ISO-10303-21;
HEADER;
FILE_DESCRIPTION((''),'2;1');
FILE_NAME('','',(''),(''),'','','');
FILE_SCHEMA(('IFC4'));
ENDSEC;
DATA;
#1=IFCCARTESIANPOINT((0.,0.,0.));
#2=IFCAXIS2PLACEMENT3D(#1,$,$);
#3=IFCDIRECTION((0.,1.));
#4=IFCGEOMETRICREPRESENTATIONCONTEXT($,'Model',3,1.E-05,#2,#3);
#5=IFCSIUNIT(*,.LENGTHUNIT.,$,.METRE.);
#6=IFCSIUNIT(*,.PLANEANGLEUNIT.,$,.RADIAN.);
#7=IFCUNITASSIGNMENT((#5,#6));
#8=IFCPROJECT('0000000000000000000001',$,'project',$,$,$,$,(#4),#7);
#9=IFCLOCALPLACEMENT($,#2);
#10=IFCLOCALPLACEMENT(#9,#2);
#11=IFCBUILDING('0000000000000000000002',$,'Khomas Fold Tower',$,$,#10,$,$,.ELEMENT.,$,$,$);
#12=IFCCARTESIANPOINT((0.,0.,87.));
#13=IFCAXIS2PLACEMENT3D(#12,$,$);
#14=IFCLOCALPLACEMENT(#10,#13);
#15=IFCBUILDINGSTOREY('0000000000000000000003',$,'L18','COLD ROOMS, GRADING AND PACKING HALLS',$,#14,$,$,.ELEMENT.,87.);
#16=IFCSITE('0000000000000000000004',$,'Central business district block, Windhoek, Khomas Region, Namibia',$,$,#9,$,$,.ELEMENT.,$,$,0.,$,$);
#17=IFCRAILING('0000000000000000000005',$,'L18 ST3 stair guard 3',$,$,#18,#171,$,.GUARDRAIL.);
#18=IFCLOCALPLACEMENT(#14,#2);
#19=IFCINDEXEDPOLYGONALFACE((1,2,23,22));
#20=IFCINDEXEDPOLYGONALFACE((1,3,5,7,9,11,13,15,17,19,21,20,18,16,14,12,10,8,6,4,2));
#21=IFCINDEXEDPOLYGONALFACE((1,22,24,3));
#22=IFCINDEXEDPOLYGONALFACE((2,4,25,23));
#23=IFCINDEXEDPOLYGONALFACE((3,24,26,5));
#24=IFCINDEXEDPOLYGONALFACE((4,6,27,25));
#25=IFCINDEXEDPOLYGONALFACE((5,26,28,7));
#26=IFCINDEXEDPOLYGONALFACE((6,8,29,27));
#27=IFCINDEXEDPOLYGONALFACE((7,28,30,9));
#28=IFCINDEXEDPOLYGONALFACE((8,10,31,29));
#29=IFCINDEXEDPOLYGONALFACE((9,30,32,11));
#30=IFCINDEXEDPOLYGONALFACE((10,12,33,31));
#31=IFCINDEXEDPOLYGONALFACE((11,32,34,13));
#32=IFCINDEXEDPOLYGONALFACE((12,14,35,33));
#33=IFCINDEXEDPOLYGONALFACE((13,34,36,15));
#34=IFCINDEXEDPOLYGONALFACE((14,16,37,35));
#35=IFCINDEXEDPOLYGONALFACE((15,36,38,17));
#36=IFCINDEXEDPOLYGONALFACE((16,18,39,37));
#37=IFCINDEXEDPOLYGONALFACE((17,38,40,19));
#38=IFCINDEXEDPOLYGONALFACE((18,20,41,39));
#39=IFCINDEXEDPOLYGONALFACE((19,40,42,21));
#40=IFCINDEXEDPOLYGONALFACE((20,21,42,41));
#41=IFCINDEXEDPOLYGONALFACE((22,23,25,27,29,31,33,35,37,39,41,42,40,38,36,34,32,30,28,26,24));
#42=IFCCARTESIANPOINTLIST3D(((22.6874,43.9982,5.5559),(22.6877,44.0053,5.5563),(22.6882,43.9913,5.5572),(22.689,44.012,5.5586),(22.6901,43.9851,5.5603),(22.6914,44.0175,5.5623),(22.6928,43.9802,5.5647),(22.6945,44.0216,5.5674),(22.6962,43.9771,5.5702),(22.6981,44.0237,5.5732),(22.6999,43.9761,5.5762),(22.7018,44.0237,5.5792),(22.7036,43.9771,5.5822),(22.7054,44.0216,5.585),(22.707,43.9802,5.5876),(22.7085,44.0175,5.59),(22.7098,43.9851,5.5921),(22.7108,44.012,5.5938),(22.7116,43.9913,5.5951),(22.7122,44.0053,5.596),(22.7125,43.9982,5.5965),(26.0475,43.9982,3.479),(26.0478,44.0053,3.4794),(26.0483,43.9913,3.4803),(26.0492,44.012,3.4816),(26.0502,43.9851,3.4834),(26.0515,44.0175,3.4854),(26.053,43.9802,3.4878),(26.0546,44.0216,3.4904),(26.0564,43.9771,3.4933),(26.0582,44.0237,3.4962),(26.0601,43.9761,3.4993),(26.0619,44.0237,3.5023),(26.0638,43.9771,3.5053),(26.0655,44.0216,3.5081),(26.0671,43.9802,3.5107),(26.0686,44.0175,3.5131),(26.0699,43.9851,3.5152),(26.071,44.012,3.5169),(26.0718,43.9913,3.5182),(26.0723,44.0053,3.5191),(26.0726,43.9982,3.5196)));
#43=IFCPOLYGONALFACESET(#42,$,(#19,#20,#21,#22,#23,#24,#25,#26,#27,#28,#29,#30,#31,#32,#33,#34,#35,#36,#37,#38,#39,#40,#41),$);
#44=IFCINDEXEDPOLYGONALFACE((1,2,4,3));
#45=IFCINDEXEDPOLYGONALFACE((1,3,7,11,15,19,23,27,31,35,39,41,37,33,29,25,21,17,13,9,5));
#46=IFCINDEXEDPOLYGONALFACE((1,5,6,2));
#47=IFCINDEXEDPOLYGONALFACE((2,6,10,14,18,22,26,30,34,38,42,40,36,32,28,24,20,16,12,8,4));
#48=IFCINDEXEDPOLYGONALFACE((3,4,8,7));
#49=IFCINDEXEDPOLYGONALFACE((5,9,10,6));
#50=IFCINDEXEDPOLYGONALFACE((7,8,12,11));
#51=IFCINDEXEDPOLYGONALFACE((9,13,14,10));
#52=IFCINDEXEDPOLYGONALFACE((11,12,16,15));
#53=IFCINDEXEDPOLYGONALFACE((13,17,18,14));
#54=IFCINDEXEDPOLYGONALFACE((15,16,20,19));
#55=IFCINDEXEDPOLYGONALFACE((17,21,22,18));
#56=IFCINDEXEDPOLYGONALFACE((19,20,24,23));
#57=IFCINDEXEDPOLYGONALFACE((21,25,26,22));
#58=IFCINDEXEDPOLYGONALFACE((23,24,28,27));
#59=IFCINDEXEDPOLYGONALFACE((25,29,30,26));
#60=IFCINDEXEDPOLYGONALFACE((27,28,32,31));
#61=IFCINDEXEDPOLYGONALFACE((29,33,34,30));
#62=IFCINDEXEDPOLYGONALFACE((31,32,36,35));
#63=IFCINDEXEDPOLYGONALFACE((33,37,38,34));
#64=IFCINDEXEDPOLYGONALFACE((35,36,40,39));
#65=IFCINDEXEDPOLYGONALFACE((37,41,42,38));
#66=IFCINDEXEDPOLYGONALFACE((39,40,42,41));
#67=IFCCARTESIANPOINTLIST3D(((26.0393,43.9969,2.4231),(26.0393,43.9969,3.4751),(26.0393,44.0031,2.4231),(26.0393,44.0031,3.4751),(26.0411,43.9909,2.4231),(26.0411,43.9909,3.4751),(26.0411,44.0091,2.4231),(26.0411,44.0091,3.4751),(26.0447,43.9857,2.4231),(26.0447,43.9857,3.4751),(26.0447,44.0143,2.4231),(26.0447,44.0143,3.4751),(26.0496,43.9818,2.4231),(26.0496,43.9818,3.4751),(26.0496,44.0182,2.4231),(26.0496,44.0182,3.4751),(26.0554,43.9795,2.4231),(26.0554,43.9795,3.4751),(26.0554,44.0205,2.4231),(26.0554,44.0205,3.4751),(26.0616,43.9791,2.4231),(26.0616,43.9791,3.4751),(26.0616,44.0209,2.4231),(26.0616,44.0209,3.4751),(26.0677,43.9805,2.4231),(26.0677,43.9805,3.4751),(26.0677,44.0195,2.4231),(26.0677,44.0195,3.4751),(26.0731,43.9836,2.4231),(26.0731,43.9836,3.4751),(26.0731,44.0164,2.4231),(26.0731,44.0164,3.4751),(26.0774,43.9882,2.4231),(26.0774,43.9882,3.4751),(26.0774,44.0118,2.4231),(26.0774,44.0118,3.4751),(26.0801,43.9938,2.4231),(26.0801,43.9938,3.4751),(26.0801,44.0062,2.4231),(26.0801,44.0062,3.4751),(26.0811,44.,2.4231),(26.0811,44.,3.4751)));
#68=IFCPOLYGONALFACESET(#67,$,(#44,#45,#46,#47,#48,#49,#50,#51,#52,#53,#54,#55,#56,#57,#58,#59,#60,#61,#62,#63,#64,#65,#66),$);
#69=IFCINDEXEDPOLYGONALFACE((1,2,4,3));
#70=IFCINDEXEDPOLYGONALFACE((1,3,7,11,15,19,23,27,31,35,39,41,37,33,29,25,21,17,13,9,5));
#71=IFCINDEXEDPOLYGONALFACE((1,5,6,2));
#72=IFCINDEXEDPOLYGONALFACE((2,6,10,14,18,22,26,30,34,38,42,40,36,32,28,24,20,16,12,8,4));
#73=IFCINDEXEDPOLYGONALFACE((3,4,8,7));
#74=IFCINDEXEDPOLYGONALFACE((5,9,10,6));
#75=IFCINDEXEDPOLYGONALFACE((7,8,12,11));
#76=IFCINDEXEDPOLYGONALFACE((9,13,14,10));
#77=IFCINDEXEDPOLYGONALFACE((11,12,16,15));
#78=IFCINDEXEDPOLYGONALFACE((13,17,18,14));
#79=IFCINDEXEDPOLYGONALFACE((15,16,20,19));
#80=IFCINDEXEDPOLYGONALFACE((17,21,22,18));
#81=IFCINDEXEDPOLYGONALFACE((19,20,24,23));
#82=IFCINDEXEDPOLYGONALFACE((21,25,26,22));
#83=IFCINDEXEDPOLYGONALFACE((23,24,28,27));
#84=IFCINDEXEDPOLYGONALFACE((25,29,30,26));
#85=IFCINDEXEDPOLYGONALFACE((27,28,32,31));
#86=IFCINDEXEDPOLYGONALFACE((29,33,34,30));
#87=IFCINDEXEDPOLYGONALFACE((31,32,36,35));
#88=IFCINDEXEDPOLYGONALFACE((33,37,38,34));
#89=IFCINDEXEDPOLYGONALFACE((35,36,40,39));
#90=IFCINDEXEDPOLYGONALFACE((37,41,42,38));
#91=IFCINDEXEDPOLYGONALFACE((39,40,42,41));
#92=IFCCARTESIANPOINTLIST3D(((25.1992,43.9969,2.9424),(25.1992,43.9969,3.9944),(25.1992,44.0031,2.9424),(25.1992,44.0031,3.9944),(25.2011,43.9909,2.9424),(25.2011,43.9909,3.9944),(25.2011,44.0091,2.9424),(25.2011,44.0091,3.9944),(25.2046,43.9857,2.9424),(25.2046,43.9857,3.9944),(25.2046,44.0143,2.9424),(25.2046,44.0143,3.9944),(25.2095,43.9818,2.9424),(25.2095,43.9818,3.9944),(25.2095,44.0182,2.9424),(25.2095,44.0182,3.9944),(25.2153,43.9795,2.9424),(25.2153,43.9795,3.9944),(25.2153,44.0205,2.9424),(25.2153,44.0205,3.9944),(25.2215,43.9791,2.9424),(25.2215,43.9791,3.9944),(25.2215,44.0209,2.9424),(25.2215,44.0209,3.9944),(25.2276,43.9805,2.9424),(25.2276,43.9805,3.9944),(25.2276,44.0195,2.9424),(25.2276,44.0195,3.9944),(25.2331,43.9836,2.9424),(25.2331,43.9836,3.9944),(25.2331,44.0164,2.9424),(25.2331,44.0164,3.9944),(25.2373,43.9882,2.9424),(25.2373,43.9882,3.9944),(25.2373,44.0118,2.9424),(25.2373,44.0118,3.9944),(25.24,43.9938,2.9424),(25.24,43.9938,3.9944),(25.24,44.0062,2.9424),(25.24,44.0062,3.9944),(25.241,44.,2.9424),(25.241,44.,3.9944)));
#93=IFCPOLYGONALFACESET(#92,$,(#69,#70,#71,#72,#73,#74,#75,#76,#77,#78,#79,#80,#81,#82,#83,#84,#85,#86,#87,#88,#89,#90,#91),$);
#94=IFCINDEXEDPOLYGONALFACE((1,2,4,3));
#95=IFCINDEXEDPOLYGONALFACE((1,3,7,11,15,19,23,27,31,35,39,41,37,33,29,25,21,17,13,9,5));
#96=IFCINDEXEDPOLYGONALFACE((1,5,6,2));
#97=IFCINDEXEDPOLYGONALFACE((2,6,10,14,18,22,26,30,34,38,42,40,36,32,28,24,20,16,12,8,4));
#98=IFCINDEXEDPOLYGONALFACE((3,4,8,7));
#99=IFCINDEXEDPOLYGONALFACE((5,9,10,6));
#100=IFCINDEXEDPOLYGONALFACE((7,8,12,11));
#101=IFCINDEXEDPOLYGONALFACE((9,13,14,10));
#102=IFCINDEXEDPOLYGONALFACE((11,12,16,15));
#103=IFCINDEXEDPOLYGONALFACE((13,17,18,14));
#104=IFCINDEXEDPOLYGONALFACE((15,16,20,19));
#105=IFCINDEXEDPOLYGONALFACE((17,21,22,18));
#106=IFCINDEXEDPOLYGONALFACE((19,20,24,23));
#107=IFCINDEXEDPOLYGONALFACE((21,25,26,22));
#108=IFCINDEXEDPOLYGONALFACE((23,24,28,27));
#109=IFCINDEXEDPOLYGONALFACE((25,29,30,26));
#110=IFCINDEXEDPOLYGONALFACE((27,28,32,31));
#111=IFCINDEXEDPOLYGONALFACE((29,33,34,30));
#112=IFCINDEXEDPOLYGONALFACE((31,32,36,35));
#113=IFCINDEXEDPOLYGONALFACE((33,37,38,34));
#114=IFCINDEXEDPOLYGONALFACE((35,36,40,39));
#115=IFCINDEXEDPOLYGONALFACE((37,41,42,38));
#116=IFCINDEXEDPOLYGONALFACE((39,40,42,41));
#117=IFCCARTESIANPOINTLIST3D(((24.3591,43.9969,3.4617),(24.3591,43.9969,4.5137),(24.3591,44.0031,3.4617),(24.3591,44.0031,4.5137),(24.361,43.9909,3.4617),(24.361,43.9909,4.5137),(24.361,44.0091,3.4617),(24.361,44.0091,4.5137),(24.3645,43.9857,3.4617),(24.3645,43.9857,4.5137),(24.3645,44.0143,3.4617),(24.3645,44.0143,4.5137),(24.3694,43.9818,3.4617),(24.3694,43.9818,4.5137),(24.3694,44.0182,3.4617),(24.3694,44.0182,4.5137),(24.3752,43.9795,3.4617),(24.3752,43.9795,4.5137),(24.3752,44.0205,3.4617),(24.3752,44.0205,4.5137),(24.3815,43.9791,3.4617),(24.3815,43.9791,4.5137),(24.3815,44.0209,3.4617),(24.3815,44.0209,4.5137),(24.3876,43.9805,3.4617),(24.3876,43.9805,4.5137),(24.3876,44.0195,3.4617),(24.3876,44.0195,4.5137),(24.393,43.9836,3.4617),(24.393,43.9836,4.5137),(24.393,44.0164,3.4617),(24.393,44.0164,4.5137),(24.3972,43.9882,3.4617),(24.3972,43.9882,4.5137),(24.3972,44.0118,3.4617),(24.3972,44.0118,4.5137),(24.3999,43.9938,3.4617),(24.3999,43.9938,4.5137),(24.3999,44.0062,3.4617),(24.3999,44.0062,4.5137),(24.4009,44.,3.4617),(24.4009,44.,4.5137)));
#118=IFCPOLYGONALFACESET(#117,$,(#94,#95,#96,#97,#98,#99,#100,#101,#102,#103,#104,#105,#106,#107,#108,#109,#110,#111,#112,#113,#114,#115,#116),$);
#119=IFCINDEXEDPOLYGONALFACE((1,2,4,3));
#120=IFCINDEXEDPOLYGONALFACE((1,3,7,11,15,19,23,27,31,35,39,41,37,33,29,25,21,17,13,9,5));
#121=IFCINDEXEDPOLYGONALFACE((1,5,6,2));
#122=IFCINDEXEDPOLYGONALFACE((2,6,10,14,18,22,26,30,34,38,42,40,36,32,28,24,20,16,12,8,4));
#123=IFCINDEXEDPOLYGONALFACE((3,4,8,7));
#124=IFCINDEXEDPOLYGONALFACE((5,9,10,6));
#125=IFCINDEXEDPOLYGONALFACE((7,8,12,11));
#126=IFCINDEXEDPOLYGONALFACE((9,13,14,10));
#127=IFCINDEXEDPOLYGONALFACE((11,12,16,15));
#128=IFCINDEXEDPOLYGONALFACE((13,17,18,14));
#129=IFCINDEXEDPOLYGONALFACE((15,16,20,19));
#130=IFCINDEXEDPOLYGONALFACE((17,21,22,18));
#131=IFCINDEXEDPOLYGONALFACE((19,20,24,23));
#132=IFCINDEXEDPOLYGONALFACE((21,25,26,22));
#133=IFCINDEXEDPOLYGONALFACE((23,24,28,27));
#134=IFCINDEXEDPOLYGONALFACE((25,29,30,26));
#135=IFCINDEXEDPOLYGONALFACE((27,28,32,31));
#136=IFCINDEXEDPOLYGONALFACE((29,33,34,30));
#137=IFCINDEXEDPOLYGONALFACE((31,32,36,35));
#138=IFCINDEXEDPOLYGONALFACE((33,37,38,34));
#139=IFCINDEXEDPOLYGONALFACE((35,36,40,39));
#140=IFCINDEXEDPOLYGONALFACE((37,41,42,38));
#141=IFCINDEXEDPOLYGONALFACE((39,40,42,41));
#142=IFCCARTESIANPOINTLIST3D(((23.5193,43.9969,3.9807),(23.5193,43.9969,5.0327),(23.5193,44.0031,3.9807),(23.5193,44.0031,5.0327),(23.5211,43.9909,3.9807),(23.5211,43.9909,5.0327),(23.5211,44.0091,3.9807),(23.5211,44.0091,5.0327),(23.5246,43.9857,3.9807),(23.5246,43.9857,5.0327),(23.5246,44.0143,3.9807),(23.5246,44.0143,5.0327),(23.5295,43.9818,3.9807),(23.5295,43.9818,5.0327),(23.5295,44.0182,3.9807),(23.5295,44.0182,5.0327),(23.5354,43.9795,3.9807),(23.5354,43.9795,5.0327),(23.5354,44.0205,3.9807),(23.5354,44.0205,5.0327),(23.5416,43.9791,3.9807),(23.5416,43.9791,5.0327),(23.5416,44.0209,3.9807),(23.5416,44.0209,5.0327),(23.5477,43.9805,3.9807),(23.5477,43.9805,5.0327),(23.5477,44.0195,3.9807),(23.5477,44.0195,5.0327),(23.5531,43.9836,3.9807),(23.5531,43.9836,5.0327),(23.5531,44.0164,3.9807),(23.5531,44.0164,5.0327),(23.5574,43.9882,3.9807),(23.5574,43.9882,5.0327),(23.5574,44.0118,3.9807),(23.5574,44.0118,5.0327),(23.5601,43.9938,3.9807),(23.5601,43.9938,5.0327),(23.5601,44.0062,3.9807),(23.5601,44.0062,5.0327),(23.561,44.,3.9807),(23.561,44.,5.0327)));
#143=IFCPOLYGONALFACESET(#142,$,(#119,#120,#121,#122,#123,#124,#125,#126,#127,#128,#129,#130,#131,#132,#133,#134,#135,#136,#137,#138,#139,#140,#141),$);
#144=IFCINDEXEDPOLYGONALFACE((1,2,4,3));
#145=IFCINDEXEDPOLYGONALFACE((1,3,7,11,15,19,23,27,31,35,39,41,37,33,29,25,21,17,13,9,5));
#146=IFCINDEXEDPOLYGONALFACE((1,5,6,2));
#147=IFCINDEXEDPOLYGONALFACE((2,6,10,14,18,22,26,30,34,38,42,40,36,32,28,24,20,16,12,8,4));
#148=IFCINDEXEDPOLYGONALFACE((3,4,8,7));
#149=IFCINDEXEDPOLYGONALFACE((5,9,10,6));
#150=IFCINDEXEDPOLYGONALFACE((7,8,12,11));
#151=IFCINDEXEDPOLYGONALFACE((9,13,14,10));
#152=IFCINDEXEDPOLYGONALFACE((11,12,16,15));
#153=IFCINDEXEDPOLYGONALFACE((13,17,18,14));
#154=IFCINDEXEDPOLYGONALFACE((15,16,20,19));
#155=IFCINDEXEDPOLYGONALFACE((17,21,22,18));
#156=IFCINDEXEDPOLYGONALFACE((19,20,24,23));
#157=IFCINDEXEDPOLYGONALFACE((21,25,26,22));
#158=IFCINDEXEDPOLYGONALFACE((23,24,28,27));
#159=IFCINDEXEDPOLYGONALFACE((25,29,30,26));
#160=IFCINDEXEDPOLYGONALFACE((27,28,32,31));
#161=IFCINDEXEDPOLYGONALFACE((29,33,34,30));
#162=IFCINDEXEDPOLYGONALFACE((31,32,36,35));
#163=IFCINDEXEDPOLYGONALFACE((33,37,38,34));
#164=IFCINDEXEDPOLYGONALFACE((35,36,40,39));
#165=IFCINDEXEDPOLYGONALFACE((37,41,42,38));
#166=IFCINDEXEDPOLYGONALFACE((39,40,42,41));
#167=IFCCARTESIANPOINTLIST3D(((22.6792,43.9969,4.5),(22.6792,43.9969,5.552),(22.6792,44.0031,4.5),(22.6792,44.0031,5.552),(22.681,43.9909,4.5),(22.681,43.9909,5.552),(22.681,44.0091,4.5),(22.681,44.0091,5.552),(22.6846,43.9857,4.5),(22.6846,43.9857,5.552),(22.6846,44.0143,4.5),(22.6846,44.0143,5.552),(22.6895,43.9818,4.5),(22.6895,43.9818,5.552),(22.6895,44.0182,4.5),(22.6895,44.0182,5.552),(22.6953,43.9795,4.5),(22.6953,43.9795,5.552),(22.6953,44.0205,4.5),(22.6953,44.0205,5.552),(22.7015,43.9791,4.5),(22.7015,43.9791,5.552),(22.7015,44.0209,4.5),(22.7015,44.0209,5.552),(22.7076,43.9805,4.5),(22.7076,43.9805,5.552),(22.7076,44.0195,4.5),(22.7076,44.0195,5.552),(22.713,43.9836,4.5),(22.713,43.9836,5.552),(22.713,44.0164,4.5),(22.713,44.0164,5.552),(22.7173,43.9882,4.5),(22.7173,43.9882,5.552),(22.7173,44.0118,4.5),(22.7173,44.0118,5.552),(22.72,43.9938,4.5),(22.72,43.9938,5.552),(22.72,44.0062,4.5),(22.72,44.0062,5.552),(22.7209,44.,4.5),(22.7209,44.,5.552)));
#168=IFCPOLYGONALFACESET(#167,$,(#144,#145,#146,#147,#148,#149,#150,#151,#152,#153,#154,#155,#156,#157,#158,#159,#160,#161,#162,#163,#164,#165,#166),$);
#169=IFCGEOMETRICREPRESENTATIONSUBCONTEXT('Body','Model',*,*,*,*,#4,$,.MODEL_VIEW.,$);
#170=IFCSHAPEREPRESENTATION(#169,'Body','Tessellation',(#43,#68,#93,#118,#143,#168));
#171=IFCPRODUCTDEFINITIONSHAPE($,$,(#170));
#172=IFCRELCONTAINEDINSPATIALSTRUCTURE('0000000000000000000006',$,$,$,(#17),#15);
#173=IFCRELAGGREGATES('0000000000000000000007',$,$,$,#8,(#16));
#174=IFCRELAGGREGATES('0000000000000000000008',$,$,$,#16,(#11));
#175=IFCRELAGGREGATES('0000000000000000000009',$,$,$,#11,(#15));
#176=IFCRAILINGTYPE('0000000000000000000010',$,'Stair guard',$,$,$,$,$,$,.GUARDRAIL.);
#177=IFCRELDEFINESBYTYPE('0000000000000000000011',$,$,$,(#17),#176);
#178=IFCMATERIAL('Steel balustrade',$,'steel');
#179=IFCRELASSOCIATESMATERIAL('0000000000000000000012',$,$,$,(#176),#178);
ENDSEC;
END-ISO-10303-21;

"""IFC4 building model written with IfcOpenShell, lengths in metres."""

from ifc_helpers import new_model, si_unit, direction, frame, origin, origin_2d, place, context, subcontext, project, spatial, circle, extrude, source, transform, mapped, material, type_object, element, save


model = new_model("IFC4")

# Units and contexts
model_context = context("Model", 3, precision=1e-05, world=origin(), true_north=direction((0.0, 1.0)))
body_context = subcontext(model_context, "Body", "Model", "MODEL_VIEW")
ifc_project = project(units=[si_unit("LENGTHUNIT", "METRE"), si_unit("PLANEANGLEUNIT", "RADIAN")], contexts=[model_context])

# Site, building, storey
site_placement = place(None, origin())
site = spatial("IfcSite", under=ifc_project, at=site_placement, Name="Central business district block, Windhoek, Khomas Region, Namibia", CompositionType="ELEMENT", RefElevation=0.0)
building_placement = place(site_placement, origin())
building = spatial("IfcBuilding", under=site, at=building_placement, Name="Khomas Fold Tower", CompositionType="ELEMENT")
storey_placement = place(building_placement, frame((0.0, 0.0, 87.0)))
storey = spatial("IfcBuildingStorey", under=building, at=storey_placement, Name="L18", Description="COLD ROOMS, GRADING AND PACKING HALLS", CompositionType="ELEMENT", Elevation=87.0)

# Railing
ifc_material_1 = material(Name="Steel balustrade", Category="steel")
railing_type_1 = type_object("IfcRailingType", Name="Stair guard", PredefinedType="GUARDRAIL", material=ifc_material_1)
shared_shape_1 = source(origin(), body_context, "Body", "SweptSolid", [
    extrude(circle(Radius=0.0239, at=origin_2d()), frame((0.0, 0.0, 1.0762), z_axis=(-0.850623, 0.0, 0.525776), x_axis=(0.0, -1.0, 0.0)), (0.0, 0.0, 1.0), 3.9502),
    extrude(circle(Radius=0.021, at=origin_2d()), origin(), (0.0, 0.0, 1.0), 1.052),
    extrude(circle(Radius=0.021, at=origin_2d()), frame((-0.8401, 0.0, 0.5193)), (0.0, 0.0, 1.0), 1.052),
    extrude(circle(Radius=0.021, at=origin_2d()), frame((-1.6802, 0.0, 1.0386)), (0.0, 0.0, 1.0), 1.052),
    extrude(circle(Radius=0.021, at=origin_2d()), frame((-2.52, 0.0, 1.5576)), (0.0, 0.0, 1.0), 1.052),
    extrude(circle(Radius=0.021, at=origin_2d()), frame((-3.3601, 0.0, 2.0769)), (0.0, 0.0, 1.0), 1.052),
])
railing_1_placement = place(storey_placement, frame((26.0601, 44.0, 2.4231)))
element("IfcRailing", 1, at=railing_1_placement, inside=storey, type_object=railing_type_1, Name="L18 ST3 stair guard 3", PredefinedType="GUARDRAIL", context=body_context, shape_type="MappedRepresentation", body=[
    mapped(shared_shape_1, transform((0.0, 0.0, 0.0))),
])

save(model, "model.ifc")
